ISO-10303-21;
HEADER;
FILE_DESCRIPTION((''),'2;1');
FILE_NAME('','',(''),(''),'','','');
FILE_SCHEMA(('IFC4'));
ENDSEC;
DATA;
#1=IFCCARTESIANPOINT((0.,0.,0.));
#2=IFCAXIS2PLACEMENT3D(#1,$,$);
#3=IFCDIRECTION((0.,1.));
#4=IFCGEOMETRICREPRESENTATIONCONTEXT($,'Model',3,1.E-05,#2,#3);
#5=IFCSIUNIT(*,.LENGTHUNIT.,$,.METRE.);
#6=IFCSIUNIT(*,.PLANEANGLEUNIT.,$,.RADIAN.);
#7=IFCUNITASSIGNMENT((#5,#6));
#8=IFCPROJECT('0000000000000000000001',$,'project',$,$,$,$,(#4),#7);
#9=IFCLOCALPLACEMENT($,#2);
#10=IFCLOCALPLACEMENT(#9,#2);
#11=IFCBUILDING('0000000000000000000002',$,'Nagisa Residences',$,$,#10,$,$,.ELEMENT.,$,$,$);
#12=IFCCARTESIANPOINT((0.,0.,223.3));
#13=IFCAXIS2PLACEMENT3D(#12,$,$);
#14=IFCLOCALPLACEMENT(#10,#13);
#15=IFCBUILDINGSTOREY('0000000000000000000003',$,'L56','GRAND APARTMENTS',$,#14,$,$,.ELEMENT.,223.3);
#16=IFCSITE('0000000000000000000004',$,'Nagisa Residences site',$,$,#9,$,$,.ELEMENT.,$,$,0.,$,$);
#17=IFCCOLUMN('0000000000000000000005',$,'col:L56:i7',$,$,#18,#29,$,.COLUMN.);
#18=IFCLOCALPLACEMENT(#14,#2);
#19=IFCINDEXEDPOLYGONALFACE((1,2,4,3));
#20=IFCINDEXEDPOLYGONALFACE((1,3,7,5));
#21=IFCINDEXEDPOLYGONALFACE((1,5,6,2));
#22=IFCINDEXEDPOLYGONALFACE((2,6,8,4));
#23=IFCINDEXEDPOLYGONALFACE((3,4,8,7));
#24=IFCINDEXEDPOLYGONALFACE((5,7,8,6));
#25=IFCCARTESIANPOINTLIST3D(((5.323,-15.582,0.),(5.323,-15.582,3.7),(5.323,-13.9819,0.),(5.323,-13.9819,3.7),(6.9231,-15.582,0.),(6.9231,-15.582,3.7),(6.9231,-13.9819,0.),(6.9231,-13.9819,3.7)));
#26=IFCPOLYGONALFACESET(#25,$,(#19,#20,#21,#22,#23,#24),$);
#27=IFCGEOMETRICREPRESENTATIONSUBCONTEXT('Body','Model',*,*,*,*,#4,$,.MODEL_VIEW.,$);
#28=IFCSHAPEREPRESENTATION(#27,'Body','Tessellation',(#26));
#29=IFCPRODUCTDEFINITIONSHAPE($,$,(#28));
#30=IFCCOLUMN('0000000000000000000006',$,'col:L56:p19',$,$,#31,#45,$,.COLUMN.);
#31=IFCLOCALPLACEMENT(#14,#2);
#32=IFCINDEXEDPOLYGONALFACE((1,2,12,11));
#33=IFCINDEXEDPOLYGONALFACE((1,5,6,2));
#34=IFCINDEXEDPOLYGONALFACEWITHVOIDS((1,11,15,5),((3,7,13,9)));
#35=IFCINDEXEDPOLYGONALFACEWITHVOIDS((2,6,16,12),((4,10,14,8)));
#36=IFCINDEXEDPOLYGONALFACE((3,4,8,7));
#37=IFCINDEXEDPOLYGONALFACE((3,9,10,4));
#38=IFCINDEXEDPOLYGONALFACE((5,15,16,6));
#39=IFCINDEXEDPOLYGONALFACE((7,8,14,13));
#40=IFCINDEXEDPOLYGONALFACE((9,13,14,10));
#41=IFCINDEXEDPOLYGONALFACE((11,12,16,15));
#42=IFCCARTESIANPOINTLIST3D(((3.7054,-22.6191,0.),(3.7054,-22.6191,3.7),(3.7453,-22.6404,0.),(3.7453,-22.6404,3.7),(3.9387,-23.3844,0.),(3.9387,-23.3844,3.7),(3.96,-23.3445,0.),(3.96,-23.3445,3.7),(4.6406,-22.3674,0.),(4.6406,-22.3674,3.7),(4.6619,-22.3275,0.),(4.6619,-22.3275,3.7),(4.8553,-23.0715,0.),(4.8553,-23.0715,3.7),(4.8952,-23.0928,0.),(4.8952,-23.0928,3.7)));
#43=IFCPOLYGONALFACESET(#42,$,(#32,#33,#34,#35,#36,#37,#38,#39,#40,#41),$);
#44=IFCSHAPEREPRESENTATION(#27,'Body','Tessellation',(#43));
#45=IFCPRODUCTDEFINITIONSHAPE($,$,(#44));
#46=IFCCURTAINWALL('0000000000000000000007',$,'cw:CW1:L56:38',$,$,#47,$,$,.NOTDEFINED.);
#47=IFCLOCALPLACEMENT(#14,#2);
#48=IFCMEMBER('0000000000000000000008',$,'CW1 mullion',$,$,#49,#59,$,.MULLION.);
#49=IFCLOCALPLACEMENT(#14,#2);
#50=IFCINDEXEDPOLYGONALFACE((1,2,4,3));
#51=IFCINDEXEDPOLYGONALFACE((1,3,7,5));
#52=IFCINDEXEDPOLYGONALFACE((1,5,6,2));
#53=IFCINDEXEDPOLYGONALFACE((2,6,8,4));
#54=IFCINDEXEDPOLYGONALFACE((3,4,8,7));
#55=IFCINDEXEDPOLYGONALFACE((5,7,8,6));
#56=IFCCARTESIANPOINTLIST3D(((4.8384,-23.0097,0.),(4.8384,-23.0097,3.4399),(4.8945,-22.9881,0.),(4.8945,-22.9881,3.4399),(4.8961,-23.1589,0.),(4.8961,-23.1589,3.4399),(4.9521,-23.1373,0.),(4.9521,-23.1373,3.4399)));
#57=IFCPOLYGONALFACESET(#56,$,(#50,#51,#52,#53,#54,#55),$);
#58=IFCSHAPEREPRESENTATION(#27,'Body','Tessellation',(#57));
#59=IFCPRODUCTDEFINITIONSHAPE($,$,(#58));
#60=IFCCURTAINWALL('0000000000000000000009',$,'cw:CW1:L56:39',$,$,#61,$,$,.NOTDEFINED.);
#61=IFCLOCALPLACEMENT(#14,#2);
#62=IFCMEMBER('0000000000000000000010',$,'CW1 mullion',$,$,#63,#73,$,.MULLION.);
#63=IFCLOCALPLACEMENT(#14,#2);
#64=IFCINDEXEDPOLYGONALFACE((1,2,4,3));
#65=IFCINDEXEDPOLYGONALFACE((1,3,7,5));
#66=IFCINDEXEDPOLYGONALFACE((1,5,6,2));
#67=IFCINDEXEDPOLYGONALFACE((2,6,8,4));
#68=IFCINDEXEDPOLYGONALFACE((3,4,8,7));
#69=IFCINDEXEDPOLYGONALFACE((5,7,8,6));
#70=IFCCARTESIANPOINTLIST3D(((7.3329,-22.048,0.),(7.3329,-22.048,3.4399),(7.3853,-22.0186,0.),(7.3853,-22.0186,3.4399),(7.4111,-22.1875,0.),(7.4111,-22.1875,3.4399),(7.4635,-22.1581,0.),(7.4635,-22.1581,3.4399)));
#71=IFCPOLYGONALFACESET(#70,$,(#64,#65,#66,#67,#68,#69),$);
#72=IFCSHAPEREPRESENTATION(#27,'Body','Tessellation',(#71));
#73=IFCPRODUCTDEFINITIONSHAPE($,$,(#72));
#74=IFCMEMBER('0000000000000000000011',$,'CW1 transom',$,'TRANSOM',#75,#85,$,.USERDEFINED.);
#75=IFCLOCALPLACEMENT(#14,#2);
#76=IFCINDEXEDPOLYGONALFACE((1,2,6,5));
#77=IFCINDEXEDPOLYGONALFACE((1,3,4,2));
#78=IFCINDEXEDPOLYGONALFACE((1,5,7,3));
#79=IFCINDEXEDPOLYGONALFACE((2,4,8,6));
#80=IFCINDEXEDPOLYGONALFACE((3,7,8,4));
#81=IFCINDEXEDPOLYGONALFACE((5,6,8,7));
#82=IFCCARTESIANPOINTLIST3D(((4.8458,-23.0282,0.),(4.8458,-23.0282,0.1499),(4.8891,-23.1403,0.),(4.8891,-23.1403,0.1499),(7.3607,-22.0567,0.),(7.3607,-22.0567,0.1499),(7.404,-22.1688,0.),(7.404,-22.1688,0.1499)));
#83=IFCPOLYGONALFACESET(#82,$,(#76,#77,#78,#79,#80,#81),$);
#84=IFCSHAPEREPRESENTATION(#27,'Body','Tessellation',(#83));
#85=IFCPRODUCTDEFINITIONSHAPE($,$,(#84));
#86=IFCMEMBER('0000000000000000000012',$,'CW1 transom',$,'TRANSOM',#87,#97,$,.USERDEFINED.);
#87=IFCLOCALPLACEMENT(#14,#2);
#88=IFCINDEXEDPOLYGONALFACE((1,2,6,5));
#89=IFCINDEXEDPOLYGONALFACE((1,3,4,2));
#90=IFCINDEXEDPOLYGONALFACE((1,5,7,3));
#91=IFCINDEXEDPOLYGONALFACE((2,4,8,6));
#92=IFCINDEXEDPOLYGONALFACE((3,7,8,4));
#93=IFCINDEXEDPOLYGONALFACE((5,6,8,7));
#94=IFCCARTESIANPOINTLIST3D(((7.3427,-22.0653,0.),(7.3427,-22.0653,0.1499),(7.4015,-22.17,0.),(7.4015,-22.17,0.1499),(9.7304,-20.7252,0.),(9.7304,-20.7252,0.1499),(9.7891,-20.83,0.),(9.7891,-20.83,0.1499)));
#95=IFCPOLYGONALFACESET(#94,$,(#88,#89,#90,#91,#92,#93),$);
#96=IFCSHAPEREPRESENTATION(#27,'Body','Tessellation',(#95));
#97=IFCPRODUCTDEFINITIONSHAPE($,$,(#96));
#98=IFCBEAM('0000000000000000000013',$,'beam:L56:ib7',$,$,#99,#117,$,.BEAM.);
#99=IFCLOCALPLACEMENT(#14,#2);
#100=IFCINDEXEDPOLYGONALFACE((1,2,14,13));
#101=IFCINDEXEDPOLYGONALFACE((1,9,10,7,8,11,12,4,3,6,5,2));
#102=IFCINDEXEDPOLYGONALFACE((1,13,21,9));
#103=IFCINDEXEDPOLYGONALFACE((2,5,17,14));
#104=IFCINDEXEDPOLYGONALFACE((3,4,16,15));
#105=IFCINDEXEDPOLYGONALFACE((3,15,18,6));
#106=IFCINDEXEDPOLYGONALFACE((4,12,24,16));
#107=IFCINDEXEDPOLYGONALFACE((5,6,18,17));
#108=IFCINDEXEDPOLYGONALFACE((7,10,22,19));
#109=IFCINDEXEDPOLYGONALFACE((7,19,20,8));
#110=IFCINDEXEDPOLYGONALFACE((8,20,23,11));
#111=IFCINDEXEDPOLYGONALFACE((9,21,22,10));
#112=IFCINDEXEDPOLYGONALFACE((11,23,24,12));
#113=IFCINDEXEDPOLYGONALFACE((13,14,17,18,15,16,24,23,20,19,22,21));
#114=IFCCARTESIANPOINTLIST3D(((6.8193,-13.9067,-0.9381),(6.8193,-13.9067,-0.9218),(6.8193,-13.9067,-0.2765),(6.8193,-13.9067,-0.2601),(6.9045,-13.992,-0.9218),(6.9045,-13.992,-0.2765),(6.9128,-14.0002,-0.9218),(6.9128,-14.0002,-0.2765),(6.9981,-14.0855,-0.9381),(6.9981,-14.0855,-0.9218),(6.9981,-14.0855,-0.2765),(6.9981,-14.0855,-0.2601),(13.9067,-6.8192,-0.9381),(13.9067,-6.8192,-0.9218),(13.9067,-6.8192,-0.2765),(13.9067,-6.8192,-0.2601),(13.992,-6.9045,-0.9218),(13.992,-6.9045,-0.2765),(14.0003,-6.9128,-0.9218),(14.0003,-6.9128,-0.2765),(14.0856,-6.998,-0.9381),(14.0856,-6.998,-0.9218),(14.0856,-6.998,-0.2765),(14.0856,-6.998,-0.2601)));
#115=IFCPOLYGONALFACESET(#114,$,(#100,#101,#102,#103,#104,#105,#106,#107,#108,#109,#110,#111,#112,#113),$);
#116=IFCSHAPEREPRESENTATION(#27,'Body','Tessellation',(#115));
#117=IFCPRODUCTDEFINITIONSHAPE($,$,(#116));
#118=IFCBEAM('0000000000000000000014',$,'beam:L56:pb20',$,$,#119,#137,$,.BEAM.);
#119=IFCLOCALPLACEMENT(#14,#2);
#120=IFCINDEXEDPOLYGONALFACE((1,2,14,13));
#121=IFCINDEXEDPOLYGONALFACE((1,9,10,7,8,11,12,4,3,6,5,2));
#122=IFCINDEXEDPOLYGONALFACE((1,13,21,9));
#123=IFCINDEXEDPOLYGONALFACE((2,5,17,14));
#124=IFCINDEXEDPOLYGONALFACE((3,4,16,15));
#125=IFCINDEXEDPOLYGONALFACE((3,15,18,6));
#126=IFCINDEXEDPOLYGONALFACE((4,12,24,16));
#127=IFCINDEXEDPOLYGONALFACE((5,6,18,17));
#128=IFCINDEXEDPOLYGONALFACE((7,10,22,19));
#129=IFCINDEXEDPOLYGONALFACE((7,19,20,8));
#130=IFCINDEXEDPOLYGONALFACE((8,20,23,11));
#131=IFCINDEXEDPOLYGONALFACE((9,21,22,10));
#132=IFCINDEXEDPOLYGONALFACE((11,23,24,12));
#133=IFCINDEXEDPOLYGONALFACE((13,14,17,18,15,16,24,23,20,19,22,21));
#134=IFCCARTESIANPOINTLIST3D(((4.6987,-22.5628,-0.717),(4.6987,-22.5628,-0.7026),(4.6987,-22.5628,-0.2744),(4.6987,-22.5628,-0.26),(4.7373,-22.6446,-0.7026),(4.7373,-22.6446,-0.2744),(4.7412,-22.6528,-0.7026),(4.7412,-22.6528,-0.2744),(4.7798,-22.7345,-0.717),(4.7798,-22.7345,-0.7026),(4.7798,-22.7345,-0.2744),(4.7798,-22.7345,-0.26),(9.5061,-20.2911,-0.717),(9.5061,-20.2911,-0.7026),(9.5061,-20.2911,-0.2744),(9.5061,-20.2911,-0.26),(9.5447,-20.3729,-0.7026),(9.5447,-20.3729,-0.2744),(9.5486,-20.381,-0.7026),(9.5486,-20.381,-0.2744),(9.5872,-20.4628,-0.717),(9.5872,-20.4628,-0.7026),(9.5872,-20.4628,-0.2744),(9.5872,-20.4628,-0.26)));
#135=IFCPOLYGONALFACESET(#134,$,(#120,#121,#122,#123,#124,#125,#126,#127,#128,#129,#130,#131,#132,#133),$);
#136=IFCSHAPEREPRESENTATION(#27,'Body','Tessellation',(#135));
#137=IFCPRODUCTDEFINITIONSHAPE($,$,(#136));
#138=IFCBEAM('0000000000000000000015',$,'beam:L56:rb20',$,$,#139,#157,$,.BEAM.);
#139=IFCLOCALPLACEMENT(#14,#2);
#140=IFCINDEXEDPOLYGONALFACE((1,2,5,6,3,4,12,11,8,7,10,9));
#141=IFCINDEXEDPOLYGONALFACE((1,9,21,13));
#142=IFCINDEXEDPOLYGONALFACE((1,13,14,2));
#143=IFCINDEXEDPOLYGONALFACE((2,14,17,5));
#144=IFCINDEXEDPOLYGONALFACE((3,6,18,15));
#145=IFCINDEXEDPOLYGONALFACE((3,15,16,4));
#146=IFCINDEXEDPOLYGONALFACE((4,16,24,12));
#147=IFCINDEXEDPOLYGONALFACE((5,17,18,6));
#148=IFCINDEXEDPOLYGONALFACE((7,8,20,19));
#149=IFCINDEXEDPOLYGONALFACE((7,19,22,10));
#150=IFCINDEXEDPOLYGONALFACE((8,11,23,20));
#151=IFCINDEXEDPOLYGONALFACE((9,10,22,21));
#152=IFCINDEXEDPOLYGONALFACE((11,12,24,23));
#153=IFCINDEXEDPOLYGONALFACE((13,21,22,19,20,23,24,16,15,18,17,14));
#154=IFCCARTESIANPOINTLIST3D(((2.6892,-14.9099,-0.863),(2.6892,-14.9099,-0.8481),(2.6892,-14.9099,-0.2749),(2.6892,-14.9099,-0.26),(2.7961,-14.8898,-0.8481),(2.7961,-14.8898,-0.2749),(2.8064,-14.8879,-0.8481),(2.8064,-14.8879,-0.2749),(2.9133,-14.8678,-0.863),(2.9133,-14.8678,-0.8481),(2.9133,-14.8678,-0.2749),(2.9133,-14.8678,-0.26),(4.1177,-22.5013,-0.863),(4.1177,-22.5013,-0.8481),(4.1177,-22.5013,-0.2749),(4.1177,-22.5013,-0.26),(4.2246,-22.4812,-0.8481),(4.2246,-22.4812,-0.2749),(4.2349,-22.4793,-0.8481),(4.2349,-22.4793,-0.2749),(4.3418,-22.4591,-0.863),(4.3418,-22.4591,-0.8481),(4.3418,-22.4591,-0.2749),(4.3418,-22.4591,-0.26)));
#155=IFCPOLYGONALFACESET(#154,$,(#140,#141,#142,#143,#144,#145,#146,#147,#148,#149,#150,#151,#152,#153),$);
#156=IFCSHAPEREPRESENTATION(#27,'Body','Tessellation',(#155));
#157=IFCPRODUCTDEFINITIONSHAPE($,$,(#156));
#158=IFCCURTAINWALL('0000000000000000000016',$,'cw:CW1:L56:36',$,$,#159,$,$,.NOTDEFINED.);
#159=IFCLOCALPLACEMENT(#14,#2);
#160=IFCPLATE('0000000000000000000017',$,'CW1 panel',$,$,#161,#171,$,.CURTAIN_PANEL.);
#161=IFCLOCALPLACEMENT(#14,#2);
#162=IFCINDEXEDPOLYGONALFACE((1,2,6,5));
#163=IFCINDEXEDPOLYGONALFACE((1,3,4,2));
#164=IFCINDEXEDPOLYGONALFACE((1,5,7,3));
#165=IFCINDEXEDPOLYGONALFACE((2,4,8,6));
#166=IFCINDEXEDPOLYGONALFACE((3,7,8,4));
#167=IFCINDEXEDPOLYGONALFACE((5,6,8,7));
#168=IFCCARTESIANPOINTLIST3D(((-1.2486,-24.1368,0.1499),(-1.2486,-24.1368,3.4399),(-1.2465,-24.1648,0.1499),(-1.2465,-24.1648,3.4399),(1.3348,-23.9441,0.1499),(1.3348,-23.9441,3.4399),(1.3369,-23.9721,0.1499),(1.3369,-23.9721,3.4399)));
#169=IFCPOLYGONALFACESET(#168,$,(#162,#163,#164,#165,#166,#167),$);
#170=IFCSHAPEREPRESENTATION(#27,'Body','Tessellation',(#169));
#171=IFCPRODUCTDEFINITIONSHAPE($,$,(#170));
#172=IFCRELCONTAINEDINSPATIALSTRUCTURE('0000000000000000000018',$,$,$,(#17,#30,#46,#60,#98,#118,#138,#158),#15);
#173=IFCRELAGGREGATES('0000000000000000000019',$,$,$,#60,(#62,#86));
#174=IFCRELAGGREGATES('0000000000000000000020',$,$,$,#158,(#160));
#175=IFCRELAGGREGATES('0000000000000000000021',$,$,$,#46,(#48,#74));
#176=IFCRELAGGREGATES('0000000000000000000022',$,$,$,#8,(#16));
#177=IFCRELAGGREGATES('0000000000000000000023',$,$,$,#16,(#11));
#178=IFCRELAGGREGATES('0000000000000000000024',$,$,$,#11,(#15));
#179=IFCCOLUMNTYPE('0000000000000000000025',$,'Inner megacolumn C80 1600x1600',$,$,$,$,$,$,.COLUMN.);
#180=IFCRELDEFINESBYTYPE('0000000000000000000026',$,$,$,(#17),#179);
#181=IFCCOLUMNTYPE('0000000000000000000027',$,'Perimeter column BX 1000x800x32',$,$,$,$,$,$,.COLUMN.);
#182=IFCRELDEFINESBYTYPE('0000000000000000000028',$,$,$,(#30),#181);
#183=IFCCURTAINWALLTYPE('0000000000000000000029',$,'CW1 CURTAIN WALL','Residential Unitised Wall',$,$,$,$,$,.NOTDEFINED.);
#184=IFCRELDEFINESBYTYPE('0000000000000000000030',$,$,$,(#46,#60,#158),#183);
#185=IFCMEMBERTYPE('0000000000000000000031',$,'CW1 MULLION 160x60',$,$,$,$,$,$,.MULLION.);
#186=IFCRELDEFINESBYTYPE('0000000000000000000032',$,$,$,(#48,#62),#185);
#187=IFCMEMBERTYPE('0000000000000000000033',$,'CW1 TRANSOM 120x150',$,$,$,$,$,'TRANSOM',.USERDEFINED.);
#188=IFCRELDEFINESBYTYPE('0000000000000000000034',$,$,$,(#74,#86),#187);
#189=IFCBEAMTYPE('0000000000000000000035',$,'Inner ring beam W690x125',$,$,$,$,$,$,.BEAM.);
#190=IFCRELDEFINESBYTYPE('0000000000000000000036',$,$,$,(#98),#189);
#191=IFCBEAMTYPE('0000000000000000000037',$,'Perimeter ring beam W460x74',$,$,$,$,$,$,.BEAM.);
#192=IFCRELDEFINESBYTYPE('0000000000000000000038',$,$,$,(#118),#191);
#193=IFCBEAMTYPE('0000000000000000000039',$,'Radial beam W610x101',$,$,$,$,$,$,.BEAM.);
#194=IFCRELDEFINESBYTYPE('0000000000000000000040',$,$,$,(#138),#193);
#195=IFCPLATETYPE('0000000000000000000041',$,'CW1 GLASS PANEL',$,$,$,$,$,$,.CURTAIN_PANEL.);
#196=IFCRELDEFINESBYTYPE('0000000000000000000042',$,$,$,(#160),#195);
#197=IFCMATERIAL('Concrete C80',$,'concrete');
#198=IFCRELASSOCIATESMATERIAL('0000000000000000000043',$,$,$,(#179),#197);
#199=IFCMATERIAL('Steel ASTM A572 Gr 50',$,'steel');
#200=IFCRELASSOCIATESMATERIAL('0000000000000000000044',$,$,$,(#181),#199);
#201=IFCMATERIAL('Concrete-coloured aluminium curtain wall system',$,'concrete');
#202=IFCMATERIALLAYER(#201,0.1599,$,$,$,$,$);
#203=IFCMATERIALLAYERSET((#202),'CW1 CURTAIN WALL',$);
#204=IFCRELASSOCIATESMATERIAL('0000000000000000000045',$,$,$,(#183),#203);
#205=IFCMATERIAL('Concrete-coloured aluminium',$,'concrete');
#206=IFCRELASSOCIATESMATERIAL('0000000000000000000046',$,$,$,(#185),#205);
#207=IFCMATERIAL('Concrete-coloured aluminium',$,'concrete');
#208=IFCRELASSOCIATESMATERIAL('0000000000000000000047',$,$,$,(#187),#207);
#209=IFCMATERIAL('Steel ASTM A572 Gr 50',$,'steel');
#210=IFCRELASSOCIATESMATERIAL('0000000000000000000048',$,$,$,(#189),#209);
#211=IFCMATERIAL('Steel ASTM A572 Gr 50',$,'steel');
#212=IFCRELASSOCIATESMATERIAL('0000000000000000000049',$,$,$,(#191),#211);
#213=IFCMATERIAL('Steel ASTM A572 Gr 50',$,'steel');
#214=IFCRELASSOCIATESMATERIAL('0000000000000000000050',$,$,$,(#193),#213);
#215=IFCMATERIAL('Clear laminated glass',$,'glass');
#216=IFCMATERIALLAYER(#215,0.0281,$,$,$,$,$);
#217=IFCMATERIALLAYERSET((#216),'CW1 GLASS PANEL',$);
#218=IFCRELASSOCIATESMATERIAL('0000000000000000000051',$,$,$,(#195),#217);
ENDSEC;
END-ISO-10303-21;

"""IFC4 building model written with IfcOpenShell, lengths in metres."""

from ifc_helpers import new_model, si_unit, direction, frame, origin, origin_2d, place, context, subcontext, project, spatial, rectangle, hollow_rectangle, i_section, extrude, material, layer, layer_set, material_profile, profile_set, type_object, element, aggregate, save


model = new_model("IFC4")

# Units and contexts
model_context = context("Model", 3, precision=1e-05, world=origin(), true_north=direction((0.0, 1.0)))
body_context = subcontext(model_context, "Body", "Model", "MODEL_VIEW")
ifc_project = project(units=[si_unit("LENGTHUNIT", "METRE"), si_unit("PLANEANGLEUNIT", "RADIAN")], contexts=[model_context])

# Site, building, storey
site_placement = place(None, origin())
site = spatial("IfcSite", under=ifc_project, at=site_placement, Name="Nagisa Residences site", CompositionType="ELEMENT", RefElevation=0.0)
building_placement = place(site_placement, origin())
building = spatial("IfcBuilding", under=site, at=building_placement, Name="Nagisa Residences", CompositionType="ELEMENT")
storey_placement = place(building_placement, frame((0.0, 0.0, 223.3)))
storey = spatial("IfcBuildingStorey", under=building, at=storey_placement, Name="L56", Description="GRAND APARTMENTS", CompositionType="ELEMENT", Elevation=223.3)

# Columns
ifc_material_1 = material(Name="Concrete C80", Category="concrete")
ifc_material_profile_1 = material_profile(ifc_material_1, rectangle(XDim=1.6001, YDim=1.6001, at=origin_2d()), Name="C80 1600x1600")
ifc_profile_set_1 = profile_set([ifc_material_profile_1], Name="Concrete C80")
column_type_1 = type_object("IfcColumnType", Name="Inner megacolumn C80 1600x1600", PredefinedType="COLUMN", material=ifc_profile_set_1)
column_1_placement = place(storey_placement, frame((6.123, -14.782, 0.0), z_axis=(0.0, 0.0, 1.0), x_axis=(1.0, 0.0, 0.0)))
element("IfcColumn", 1, at=column_1_placement, inside=storey, type_object=column_type_1, Name="col:L56:i7", PredefinedType="COLUMN", context=body_context, shape_type="SweptSolid", body=[
    extrude(rectangle(XDim=1.6001, YDim=1.6001, at=origin_2d()), origin(), (0.0, 0.0, 1.0), 3.7),
])
ifc_material_2 = material(Name="Steel ASTM A572 Gr 50", Category="steel")
ifc_material_profile_2 = material_profile(ifc_material_2, hollow_rectangle(XDim=1.0, YDim=0.8, WallThickness=0.032, at=origin_2d()), Name="BX 1000x800x32")
ifc_profile_set_2 = profile_set([ifc_material_profile_2], Name="Steel ASTM A572 Gr 50")
column_type_2 = type_object("IfcColumnType", Name="Perimeter column BX 1000x800x32", PredefinedType="COLUMN", material=ifc_profile_set_2)
column_2_placement = place(storey_placement, frame((4.3003, -22.856, 0.0), z_axis=(0.0, 0.0, 1.0), x_axis=(0.956525, 0.291652, 0.0)))
element("IfcColumn", 2, at=column_2_placement, inside=storey, type_object=column_type_2, Name="col:L56:p19", PredefinedType="COLUMN", context=body_context, shape_type="SweptSolid", body=[
    extrude(hollow_rectangle(XDim=1.0, YDim=0.8, WallThickness=0.032, at=origin_2d()), origin(), (0.0, 0.0, 1.0), 3.7),
])

# Curtain walls, members
ifc_material_3 = material(Name="Concrete-coloured aluminium curtain wall system", Category="concrete")
ifc_layer_1 = layer(ifc_material_3, 0.1599)
ifc_layer_set_1 = layer_set([ifc_layer_1], Name="CW1 CURTAIN WALL")
curtain_wall_type = type_object("IfcCurtainWallType", Name="CW1 CURTAIN WALL", Description="Residential Unitised Wall", PredefinedType="NOTDEFINED", material=ifc_layer_set_1)
curtain_wall_1_placement = place(storey_placement, origin())
curtain_wall_1 = element("IfcCurtainWall", 3, at=curtain_wall_1_placement, inside=storey, type_object=curtain_wall_type, Name="cw:CW1:L56:38", PredefinedType="NOTDEFINED")
ifc_material_4 = material(Name="Concrete-coloured aluminium", Category="concrete")
ifc_material_profile_3 = material_profile(ifc_material_4, rectangle(XDim=0.1599, YDim=0.0601, at=origin_2d()), Name="CW1 MULLION 160x60")
ifc_profile_set_3 = profile_set([ifc_material_profile_3], Name="Concrete-coloured aluminium")
member_type_1 = type_object("IfcMemberType", Name="CW1 MULLION 160x60", PredefinedType="MULLION", material=ifc_profile_set_3)
member_1_placement = place(storey_placement, frame((4.8953, -23.0735, 0.0), z_axis=(0.0, 0.0, 1.0), x_axis=(-0.360328, 0.932826, 0.0)))
member_1 = element("IfcMember", 4, at=member_1_placement, type_object=member_type_1, Name="CW1 mullion", PredefinedType="MULLION", context=body_context, shape_type="SweptSolid", body=[
    extrude(rectangle(XDim=0.1599, YDim=0.0601, at=origin_2d()), origin(), (0.0, 0.0, 1.0), 3.4399),
])
curtain_wall_2_placement = place(storey_placement, origin())
curtain_wall_2 = element("IfcCurtainWall", 5, at=curtain_wall_2_placement, inside=storey, type_object=curtain_wall_type, Name="cw:CW1:L56:39", PredefinedType="NOTDEFINED")
member_2_placement = place(storey_placement, frame((7.3982, -22.103, 0.0), z_axis=(0.0, 0.0, 1.0), x_axis=(-0.489377, 0.872072, 0.0)))
member_2 = element("IfcMember", 6, at=member_2_placement, type_object=member_type_1, Name="CW1 mullion", PredefinedType="MULLION", context=body_context, shape_type="SweptSolid", body=[
    extrude(rectangle(XDim=0.1599, YDim=0.0601, at=origin_2d()), origin(), (0.0, 0.0, 1.0), 3.4399),
])

# Members
ifc_material_5 = material(Name="Concrete-coloured aluminium", Category="concrete")
ifc_material_profile_4 = material_profile(ifc_material_5, rectangle(XDim=0.1201, YDim=0.1499, at=origin_2d()), Name="CW1 TRANSOM 120x150")
ifc_profile_set_4 = profile_set([ifc_material_profile_4], Name="Concrete-coloured aluminium")
member_type_2 = type_object("IfcMemberType", Name="CW1 TRANSOM 120x150", ElementType="TRANSOM", PredefinedType="USERDEFINED", material=ifc_profile_set_4)
member_3_placement = place(storey_placement, frame((4.8674, -23.0842, 0.075), z_axis=(0.932826, 0.360326, 0.0), x_axis=(-0.360326, 0.932826, 0.0)))
member_3 = element("IfcMember", 7, at=member_3_placement, type_object=member_type_2, Name="CW1 transom", ObjectType="TRANSOM", PredefinedType="USERDEFINED", context=body_context, shape_type="SweptSolid", body=[
    extrude(rectangle(XDim=0.1201, YDim=0.1499, at=origin_2d()), origin(), (0.0, 0.0, 1.0), 2.696),
])
member_4_placement = place(storey_placement, frame((7.3721, -22.1177, 0.075), z_axis=(0.872042, 0.489431, 0.0), x_axis=(-0.489431, 0.872042, 0.0)))
member_4 = element("IfcMember", 8, at=member_4_placement, type_object=member_type_2, Name="CW1 transom", ObjectType="TRANSOM", PredefinedType="USERDEFINED", context=body_context, shape_type="SweptSolid", body=[
    extrude(rectangle(XDim=0.1201, YDim=0.1499, at=origin_2d()), origin(), (0.0, 0.0, 1.0), 2.738),
])
aggregate(curtain_wall_2, [member_2, member_4])

# Beams
ifc_material_6 = material(Name="Steel ASTM A572 Gr 50", Category="steel")
ifc_material_profile_5 = material_profile(ifc_material_6, i_section(OverallWidth=0.2529, OverallDepth=0.678, WebThickness=0.0117, FlangeThickness=0.0164, at=origin_2d()), Name="W690x125")
ifc_profile_set_5 = profile_set([ifc_material_profile_5], Name="Steel ASTM A572 Gr 50")
beam_type_1 = type_object("IfcBeamType", Name="Inner ring beam W690x125", PredefinedType="BEAM", material=ifc_profile_set_5)
beam_1_placement = place(storey_placement, frame((6.9087, -13.9961, -0.5991), z_axis=(0.707107, 0.707107, 0.0), x_axis=(-0.707107, 0.707107, 0.0)))
element("IfcBeam", 9, at=beam_1_placement, inside=storey, type_object=beam_type_1, Name="beam:L56:ib7", PredefinedType="BEAM", context=body_context, shape_type="SweptSolid", body=[
    extrude(i_section(OverallWidth=0.2529, OverallDepth=0.678, WebThickness=0.0117, FlangeThickness=0.0164, at=origin_2d()), origin(), (0.0, 0.0, 1.0), 10.0232),
])
ifc_material_7 = material(Name="Steel ASTM A572 Gr 50", Category="steel")
ifc_material_profile_6 = material_profile(ifc_material_7, i_section(OverallWidth=0.1899, OverallDepth=0.457, WebThickness=0.009, FlangeThickness=0.0144, at=origin_2d()), Name="W460x74")
ifc_profile_set_6 = profile_set([ifc_material_profile_6], Name="Steel ASTM A572 Gr 50")
beam_type_2 = type_object("IfcBeamType", Name="Perimeter ring beam W460x74", PredefinedType="BEAM", material=ifc_profile_set_6)
beam_2_placement = place(storey_placement, frame((4.7393, -22.6487, -0.4885), z_axis=(0.904134, 0.427249, 0.0), x_axis=(-0.427249, 0.904134, 0.0)))
element("IfcBeam", 10, at=beam_2_placement, inside=storey, type_object=beam_type_2, Name="beam:L56:pb20", PredefinedType="BEAM", context=body_context, shape_type="SweptSolid", body=[
    extrude(i_section(OverallWidth=0.1899, OverallDepth=0.457, WebThickness=0.009, FlangeThickness=0.0144, at=origin_2d()), origin(), (0.0, 0.0, 1.0), 5.3171),
])
ifc_material_8 = material(Name="Steel ASTM A572 Gr 50", Category="steel")
ifc_material_profile_7 = material_profile(ifc_material_8, i_section(OverallWidth=0.228, OverallDepth=0.603, WebThickness=0.0105, FlangeThickness=0.0149, at=origin_2d()), Name="W610x101")
ifc_profile_set_7 = profile_set([ifc_material_profile_7], Name="Steel ASTM A572 Gr 50")
beam_type_3 = type_object("IfcBeamType", Name="Radial beam W610x101", PredefinedType="BEAM", material=ifc_profile_set_7)
beam_3_placement = place(storey_placement, frame((4.2297, -22.4802, -0.5615), z_axis=(-0.184926, 0.982752, 0.0), x_axis=(-0.982752, -0.184926, 0.0)))
element("IfcBeam", 11, at=beam_3_placement, inside=storey, type_object=beam_type_3, Name="beam:L56:rb20", PredefinedType="BEAM", context=body_context, shape_type="SweptSolid", body=[
    extrude(i_section(OverallWidth=0.228, OverallDepth=0.603, WebThickness=0.0105, FlangeThickness=0.0149, at=origin_2d()), origin(), (0.0, 0.0, 1.0), 7.7246),
])

# Curtain wall, plate
curtain_wall_3_placement = place(storey_placement, origin())
curtain_wall_3 = element("IfcCurtainWall", 12, at=curtain_wall_3_placement, inside=storey, type_object=curtain_wall_type, Name="cw:CW1:L56:36", PredefinedType="NOTDEFINED")
ifc_material_9 = material(Name="Clear laminated glass", Category="glass")
ifc_layer_2 = layer(ifc_material_9, 0.0281)
ifc_layer_set_2 = layer_set([ifc_layer_2], Name="CW1 GLASS PANEL")
plate_type = type_object("IfcPlateType", Name="CW1 GLASS PANEL", PredefinedType="CURTAIN_PANEL", material=ifc_layer_set_2)
plate_1_placement = place(storey_placement, frame((0.0442, -24.0544, 0.1499), z_axis=(0.0, 0.0, 1.0), x_axis=(0.99723, 0.074377, 0.0)))
plate_1 = element("IfcPlate", 13, at=plate_1_placement, type_object=plate_type, Name="CW1 panel", PredefinedType="CURTAIN_PANEL", context=body_context, shape_type="SweptSolid", body=[
    extrude(rectangle(XDim=2.5906, YDim=0.0281, at=origin_2d()), origin(), (0.0, 0.0, 1.0), 3.29),
])
aggregate(curtain_wall_3, [plate_1])

aggregate(curtain_wall_1, [member_1, member_3])

save(model, "model.ifc")
